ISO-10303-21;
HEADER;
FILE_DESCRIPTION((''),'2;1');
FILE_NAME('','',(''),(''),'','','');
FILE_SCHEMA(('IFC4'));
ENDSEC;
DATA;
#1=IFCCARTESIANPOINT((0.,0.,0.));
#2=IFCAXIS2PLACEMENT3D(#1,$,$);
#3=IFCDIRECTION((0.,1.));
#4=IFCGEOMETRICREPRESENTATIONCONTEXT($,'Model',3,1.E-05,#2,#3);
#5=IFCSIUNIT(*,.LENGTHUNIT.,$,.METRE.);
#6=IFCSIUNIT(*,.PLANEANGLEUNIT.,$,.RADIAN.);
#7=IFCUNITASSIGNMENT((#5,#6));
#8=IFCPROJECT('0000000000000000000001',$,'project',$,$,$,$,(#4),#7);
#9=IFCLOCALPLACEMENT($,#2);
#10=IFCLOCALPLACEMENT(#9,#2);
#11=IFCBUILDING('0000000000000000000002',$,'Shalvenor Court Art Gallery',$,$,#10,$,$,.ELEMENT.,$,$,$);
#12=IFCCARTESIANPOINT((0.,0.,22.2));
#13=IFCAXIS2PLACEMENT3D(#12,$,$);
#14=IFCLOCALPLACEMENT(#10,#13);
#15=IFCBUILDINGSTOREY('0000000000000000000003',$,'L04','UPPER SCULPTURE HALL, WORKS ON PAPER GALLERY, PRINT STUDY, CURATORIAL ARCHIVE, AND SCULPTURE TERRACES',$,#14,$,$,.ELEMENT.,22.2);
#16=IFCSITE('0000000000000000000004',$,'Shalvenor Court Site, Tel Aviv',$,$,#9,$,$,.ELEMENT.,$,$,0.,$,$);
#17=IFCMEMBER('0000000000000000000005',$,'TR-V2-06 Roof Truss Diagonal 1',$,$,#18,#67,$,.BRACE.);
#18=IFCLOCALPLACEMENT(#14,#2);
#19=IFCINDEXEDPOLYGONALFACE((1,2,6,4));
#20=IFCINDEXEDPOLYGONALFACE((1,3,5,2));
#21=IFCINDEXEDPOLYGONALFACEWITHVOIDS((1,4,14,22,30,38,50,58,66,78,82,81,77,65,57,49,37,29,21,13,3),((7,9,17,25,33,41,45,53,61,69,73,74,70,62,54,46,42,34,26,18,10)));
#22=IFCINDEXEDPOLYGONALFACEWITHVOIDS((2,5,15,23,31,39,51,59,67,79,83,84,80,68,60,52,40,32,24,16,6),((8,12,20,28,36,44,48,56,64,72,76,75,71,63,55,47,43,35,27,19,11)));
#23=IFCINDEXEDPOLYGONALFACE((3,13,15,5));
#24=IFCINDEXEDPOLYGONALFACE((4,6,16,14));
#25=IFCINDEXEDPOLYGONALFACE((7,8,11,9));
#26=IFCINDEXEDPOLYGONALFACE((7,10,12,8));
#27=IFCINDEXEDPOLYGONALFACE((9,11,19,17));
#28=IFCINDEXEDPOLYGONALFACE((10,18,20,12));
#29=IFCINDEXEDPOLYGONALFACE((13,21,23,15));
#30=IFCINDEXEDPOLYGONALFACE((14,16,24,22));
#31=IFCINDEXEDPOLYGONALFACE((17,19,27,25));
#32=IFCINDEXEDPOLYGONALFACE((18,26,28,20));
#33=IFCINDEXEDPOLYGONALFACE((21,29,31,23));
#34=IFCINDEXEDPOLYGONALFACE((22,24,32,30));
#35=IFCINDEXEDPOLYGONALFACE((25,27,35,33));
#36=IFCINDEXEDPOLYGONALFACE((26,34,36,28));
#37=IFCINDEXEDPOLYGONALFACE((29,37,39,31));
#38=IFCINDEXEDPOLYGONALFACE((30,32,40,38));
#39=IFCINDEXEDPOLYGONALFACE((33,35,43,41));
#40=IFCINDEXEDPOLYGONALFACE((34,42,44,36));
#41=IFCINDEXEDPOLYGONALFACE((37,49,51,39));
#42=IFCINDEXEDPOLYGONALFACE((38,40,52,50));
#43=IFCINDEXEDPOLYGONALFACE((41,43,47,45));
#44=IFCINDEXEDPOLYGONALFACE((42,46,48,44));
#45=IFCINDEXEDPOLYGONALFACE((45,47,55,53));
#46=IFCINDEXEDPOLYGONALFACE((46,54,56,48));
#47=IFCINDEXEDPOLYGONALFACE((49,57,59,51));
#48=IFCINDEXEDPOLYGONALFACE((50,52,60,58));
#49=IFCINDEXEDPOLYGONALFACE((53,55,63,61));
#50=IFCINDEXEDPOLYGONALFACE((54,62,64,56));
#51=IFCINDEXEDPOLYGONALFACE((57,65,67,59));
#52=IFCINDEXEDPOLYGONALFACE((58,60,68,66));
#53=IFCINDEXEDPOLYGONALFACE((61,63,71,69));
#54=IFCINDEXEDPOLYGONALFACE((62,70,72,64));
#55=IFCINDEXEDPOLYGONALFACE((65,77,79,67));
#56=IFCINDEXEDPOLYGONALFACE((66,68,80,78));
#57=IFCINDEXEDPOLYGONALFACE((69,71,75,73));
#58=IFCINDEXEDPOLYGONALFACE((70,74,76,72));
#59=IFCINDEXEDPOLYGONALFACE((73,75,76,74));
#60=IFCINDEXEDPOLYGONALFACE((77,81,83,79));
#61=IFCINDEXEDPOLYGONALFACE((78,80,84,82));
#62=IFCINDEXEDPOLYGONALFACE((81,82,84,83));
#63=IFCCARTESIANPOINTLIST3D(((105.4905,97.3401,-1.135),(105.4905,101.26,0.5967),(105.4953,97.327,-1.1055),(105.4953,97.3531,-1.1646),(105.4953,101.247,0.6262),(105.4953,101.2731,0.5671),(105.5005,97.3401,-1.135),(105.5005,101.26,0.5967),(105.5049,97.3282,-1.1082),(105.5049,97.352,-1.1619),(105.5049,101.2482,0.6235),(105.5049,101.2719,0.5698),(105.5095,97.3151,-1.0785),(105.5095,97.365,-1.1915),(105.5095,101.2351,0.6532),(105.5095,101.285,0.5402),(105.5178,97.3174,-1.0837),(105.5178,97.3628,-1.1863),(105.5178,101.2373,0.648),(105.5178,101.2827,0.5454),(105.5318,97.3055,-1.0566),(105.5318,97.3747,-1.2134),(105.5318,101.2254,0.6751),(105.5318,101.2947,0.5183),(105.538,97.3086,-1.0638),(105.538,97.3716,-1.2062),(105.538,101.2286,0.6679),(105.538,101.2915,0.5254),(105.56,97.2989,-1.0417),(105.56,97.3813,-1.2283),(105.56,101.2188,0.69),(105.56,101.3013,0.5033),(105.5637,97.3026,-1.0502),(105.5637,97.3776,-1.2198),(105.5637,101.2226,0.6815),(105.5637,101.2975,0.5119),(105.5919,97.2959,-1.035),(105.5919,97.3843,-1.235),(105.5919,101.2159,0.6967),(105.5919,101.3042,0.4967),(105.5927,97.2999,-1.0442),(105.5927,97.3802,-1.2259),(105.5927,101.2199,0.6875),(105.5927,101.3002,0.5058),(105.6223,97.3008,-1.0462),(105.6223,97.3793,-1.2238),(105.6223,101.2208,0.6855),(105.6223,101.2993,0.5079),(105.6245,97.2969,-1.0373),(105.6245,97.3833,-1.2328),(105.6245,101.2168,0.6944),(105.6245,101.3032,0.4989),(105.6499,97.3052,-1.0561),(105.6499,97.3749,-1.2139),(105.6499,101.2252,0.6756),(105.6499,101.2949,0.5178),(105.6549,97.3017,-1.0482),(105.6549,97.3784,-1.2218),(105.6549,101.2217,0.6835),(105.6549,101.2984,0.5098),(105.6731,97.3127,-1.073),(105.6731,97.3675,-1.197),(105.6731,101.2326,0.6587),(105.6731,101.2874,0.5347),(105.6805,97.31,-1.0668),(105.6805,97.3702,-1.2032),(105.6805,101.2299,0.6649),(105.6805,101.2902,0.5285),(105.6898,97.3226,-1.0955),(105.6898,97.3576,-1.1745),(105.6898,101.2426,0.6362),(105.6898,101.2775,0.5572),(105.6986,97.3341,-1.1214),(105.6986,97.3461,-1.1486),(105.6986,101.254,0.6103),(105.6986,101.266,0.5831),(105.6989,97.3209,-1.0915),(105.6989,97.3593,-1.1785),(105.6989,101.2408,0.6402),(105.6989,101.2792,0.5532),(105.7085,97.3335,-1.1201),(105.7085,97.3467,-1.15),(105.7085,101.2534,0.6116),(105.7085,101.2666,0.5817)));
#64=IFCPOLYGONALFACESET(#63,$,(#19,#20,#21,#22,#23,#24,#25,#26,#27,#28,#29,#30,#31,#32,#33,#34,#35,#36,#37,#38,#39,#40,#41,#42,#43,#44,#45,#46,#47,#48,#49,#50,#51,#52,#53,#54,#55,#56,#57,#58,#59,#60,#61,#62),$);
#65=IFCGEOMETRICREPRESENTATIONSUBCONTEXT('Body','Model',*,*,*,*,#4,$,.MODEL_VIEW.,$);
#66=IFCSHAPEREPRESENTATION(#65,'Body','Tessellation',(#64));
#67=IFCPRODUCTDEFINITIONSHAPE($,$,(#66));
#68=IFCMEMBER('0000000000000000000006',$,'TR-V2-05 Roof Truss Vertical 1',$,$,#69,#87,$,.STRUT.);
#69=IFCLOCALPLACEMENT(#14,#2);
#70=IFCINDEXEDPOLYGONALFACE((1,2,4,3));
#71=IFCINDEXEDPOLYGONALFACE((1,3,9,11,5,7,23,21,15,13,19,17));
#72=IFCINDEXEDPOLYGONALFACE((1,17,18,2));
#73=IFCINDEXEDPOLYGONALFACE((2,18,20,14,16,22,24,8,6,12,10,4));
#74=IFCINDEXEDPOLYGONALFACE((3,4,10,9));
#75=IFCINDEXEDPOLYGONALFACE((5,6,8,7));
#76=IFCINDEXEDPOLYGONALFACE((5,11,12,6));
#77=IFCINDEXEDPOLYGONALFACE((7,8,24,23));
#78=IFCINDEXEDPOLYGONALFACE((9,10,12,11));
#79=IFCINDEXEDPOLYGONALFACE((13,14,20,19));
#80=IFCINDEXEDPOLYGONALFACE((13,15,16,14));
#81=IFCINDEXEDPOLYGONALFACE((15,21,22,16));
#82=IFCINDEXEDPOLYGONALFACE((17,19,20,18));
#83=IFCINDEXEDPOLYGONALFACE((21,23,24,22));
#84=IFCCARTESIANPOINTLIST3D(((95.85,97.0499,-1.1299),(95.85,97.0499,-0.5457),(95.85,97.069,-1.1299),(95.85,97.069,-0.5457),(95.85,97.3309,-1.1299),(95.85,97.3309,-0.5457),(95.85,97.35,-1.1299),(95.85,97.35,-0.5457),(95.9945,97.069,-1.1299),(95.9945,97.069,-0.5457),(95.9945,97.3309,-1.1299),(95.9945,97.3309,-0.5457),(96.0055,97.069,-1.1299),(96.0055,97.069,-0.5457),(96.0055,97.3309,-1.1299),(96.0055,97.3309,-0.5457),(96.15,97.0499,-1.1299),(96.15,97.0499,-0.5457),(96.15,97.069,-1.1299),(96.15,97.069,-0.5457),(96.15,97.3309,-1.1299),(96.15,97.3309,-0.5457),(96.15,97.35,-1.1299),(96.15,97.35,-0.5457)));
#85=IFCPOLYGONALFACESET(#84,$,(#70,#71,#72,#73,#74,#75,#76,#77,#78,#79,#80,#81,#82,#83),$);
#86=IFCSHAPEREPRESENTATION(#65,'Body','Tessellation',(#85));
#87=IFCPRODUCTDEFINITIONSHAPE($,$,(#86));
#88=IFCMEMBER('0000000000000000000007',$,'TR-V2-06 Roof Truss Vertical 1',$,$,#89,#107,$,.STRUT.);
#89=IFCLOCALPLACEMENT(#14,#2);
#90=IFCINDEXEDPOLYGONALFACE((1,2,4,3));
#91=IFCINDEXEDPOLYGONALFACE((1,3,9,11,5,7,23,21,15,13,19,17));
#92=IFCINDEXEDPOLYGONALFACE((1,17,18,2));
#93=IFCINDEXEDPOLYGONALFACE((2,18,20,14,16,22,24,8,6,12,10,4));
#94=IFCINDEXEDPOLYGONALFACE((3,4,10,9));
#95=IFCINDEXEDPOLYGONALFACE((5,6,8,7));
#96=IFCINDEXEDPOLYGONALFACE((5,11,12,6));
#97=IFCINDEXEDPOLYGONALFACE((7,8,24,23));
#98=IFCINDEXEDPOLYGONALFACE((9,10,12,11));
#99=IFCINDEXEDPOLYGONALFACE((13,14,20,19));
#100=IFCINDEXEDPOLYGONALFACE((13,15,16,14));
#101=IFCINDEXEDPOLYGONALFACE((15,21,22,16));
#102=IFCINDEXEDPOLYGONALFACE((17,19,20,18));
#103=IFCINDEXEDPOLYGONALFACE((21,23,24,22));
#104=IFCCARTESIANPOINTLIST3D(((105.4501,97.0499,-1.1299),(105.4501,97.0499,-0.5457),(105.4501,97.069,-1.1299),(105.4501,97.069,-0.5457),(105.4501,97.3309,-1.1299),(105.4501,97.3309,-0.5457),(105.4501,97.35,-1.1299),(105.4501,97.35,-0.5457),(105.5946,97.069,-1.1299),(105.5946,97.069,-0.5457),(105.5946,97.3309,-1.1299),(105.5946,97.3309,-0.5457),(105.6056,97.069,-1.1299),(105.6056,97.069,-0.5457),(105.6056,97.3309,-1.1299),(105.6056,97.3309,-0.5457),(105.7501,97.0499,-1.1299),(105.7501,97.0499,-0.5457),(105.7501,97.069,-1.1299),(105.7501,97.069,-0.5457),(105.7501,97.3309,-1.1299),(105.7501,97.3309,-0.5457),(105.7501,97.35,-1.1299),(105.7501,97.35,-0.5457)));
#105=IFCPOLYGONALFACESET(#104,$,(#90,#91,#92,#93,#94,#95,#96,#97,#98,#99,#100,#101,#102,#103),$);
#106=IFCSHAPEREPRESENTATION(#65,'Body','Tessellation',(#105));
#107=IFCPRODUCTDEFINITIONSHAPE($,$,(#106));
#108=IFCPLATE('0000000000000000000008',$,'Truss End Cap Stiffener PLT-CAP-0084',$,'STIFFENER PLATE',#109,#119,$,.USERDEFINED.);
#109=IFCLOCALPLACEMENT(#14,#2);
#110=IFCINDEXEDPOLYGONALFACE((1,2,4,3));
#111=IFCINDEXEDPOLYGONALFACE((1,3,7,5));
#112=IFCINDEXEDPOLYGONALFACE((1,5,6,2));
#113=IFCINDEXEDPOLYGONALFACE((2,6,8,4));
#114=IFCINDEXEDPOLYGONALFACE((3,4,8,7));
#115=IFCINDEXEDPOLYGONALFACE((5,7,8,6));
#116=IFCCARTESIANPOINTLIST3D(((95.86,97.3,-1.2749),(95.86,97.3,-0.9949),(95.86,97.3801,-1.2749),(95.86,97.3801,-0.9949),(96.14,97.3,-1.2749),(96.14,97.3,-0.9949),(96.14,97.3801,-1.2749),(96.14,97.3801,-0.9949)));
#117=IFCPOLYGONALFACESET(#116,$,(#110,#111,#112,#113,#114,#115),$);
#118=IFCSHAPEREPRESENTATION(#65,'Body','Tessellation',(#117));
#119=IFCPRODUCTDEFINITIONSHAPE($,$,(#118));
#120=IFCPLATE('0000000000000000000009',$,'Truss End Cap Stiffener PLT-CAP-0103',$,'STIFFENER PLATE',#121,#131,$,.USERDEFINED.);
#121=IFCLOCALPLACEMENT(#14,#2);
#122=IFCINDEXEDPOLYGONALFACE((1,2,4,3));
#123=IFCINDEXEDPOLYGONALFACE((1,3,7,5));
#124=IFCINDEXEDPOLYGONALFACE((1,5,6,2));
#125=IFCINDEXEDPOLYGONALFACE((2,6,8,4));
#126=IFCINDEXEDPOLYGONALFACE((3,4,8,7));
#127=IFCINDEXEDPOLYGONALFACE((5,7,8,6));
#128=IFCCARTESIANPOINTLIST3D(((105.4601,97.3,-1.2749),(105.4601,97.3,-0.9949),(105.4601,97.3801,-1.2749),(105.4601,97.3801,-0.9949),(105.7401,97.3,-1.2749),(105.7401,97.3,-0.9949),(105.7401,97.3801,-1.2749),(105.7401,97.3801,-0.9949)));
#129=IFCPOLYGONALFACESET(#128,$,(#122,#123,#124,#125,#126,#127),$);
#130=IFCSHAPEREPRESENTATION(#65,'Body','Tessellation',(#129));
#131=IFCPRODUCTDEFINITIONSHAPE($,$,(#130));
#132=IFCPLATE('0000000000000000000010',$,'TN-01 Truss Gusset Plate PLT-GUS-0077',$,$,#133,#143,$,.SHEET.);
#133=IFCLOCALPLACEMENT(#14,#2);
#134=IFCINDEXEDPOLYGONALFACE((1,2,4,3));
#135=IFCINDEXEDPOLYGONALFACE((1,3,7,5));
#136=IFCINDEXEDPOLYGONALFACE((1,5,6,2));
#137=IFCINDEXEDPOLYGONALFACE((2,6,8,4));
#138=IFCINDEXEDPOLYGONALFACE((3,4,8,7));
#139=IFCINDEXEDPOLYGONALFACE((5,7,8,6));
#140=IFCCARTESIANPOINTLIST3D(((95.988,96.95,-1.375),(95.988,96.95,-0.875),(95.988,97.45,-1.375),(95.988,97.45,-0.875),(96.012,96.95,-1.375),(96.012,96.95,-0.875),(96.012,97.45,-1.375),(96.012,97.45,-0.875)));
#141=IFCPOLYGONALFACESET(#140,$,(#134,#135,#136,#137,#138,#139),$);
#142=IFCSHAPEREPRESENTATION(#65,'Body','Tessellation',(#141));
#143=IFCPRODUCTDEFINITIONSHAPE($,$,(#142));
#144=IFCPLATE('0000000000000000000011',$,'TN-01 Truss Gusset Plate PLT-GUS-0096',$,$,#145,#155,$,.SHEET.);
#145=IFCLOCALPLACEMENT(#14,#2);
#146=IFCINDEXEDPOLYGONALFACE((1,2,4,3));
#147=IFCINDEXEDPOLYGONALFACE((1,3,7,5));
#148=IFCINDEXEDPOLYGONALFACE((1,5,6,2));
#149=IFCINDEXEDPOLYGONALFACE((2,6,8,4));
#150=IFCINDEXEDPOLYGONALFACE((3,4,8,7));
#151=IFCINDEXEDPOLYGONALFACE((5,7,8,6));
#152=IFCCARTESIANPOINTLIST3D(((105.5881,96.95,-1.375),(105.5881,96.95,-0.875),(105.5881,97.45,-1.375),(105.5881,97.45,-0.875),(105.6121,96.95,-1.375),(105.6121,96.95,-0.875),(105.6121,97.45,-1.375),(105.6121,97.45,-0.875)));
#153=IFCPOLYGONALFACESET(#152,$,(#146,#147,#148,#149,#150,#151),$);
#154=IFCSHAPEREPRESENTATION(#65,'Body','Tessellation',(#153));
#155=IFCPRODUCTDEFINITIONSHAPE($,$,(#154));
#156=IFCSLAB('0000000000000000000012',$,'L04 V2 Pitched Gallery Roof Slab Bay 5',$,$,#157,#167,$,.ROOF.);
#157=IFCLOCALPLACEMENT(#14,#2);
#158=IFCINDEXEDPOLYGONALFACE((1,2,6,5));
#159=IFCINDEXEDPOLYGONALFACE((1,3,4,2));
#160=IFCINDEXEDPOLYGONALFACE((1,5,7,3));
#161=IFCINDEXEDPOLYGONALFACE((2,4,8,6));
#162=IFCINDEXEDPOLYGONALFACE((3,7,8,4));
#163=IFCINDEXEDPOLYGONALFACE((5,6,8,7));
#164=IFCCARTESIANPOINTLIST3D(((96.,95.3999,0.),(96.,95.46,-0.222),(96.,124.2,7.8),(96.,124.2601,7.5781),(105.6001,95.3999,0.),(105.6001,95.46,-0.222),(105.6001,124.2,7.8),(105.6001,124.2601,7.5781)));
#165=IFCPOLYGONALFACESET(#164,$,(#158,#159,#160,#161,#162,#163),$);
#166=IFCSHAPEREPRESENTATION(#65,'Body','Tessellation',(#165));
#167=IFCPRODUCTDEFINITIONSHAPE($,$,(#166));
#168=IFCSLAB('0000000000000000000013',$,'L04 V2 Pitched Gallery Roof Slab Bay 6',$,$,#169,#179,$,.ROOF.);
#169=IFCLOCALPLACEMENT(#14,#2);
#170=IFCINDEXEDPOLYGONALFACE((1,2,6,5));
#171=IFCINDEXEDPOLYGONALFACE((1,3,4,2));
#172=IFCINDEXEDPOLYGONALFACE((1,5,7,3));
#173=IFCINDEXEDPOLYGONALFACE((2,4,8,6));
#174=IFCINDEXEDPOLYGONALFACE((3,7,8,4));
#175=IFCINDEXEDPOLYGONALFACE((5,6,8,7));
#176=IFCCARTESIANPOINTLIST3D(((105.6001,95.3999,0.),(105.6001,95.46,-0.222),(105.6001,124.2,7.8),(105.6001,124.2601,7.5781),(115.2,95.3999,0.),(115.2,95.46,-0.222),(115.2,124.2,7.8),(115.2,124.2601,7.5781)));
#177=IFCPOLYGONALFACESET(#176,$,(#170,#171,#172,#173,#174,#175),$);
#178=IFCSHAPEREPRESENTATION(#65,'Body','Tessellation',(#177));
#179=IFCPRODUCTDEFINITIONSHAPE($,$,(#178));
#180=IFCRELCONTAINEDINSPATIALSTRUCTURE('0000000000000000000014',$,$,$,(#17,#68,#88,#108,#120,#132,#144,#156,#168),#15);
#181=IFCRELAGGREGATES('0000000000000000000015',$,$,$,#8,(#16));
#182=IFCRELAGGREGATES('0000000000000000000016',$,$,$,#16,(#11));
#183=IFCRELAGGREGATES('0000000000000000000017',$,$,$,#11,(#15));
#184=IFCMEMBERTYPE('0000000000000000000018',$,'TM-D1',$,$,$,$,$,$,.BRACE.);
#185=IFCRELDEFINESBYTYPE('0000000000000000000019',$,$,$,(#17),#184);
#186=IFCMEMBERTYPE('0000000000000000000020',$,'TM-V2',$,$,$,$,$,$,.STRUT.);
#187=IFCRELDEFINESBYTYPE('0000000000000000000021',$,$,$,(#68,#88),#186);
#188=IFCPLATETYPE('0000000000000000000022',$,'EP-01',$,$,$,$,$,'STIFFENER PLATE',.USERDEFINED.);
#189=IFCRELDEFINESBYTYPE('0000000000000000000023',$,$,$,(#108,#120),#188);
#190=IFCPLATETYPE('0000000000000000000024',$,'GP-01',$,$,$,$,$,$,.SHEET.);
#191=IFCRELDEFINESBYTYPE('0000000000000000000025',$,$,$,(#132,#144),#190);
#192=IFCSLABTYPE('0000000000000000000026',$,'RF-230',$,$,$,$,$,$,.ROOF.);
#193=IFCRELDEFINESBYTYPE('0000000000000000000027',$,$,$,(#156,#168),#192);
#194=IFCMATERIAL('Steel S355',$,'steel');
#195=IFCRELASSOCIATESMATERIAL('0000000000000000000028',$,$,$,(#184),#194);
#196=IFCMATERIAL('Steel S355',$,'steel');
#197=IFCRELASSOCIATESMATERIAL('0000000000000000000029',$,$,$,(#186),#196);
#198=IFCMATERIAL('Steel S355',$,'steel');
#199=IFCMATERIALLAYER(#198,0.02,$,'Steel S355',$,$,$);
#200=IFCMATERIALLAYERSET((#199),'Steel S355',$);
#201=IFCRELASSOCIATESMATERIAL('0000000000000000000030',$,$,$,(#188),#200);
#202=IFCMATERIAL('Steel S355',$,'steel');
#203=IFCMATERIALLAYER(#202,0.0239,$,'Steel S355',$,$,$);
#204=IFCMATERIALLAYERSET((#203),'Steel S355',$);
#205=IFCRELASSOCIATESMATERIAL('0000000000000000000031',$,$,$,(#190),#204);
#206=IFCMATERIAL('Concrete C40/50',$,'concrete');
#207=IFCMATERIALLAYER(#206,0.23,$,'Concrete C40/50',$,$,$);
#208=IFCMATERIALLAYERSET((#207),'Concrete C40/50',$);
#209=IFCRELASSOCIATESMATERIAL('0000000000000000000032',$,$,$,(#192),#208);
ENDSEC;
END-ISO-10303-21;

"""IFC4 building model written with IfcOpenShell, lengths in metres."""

from ifc_helpers import new_model, si_unit, direction, frame, origin, origin_2d, place, context, subcontext, project, spatial, polyline, rectangle, hollow_circle, i_section, outline, extrude, material, layer, layer_set, material_profile, profile_set, type_object, element, save


model = new_model("IFC4")

# Units and contexts
model_context = context("Model", 3, precision=1e-05, world=origin(), true_north=direction((0.0, 1.0)))
body_context = subcontext(model_context, "Body", "Model", "MODEL_VIEW")
ifc_project = project(units=[si_unit("LENGTHUNIT", "METRE"), si_unit("PLANEANGLEUNIT", "RADIAN")], contexts=[model_context])

# Site, building, storey
site_placement = place(None, origin())
site = spatial("IfcSite", under=ifc_project, at=site_placement, Name="Shalvenor Court Site, Tel Aviv", CompositionType="ELEMENT", RefElevation=0.0)
building_placement = place(site_placement, origin())
building = spatial("IfcBuilding", under=site, at=building_placement, Name="Shalvenor Court Art Gallery", CompositionType="ELEMENT")
storey_placement = place(building_placement, frame((0.0, 0.0, 22.2)))
storey = spatial("IfcBuildingStorey", under=building, at=storey_placement, Name="L04", Description="UPPER SCULPTURE HALL, WORKS ON PAPER GALLERY, PRINT STUDY, CURATORIAL ARCHIVE, AND SCULPTURE TERRACES", CompositionType="ELEMENT", Elevation=22.2)

# Members
ifc_material_1 = material(Name="Steel S355", Category="steel")
ifc_material_profile_1 = material_profile(ifc_material_1, hollow_circle(Radius=0.1096, WallThickness=0.01, at=origin_2d()), Name="CHS 219.1x10.0")
ifc_profile_set_1 = profile_set([ifc_material_profile_1], Name="Steel S355")
member_type_1 = type_object("IfcMemberType", Name="TM-D1", PredefinedType="BRACE", material=ifc_profile_set_1)
for number, where, z_axis, x_axis, name in (
    (1, (105.6001, 97.3401, -1.135), (0.0, 0.914718, 0.404092), (-1.0, 0.0, 0.0), "TR-V2-06 Roof Truss Diagonal 1"),
):
    element("IfcMember", number, at=place(storey_placement, frame(where, z_axis=z_axis, x_axis=x_axis)), inside=storey, type_object=member_type_1, Name=name, PredefinedType="BRACE", context=body_context, shape_type="SweptSolid", body=[
        extrude(hollow_circle(Radius=0.1096, WallThickness=0.01, at=origin_2d()), origin(), (0.0, 0.0, 1.0), 4.2854),
    ])
ifc_material_2 = material(Name="Steel S355", Category="steel")
ifc_material_profile_2 = material_profile(ifc_material_2, i_section(OverallWidth=0.3, OverallDepth=0.3, WebThickness=0.011, FlangeThickness=0.019, at=origin_2d()), Name="HEB 300")
ifc_profile_set_2 = profile_set([ifc_material_profile_2], Name="Steel S355")
member_type_2 = type_object("IfcMemberType", Name="TM-V2", PredefinedType="STRUT", material=ifc_profile_set_2)
for number, where, z_axis, x_axis, name in (
    (2, (96.0, 97.2, -1.1299), (0.0, 0.0, 1.0), (1.0, 0.0, 0.0), "TR-V2-05 Roof Truss Vertical 1"),
    (3, (105.6001, 97.2, -1.1299), (0.0, 0.0, 1.0), (1.0, 0.0, 0.0), "TR-V2-06 Roof Truss Vertical 1"),
):
    element("IfcMember", number, at=place(storey_placement, frame(where, z_axis=z_axis, x_axis=x_axis)), inside=storey, type_object=member_type_2, Name=name, PredefinedType="STRUT", context=body_context, shape_type="SweptSolid", body=[
        extrude(i_section(OverallWidth=0.3, OverallDepth=0.3, WebThickness=0.011, FlangeThickness=0.019, at=origin_2d()), origin(), (0.0, 0.0, 1.0), 0.5842),
    ])

# Plates
ifc_material_3 = material(Name="Steel S355", Category="steel")
ifc_layer_1 = layer(ifc_material_3, 0.02, Name="Steel S355")
ifc_layer_set_1 = layer_set([ifc_layer_1], Name="Steel S355")
plate_type_1 = type_object("IfcPlateType", Name="EP-01", ElementType="STIFFENER PLATE", PredefinedType="USERDEFINED", material=ifc_layer_set_1)
for number, where, z_axis, x_axis, name in (
    (4, (96.0, 97.3401, -1.2749), (0.0, 0.0, 1.0), (1.0, 0.0, 0.0), "Truss End Cap Stiffener PLT-CAP-0084"),
    (5, (105.6001, 97.3401, -1.2749), (0.0, 0.0, 1.0), (1.0, 0.0, 0.0), "Truss End Cap Stiffener PLT-CAP-0103"),
):
    element("IfcPlate", number, at=place(storey_placement, frame(where, z_axis=z_axis, x_axis=x_axis)), inside=storey, type_object=plate_type_1, Name=name, ObjectType="STIFFENER PLATE", PredefinedType="USERDEFINED", context=body_context, shape_type="SweptSolid", body=[
        extrude(rectangle(XDim=0.28, YDim=0.0801, at=origin_2d()), origin(), (0.0, 0.0, 1.0), 0.28),
    ])
ifc_material_4 = material(Name="Steel S355", Category="steel")
ifc_layer_2 = layer(ifc_material_4, 0.0239, Name="Steel S355")
ifc_layer_set_2 = layer_set([ifc_layer_2], Name="Steel S355")
plate_type_2 = type_object("IfcPlateType", Name="GP-01", PredefinedType="SHEET", material=ifc_layer_set_2)
for number, where, z_axis, x_axis, name in (
    (6, (96.0, 97.2, -1.375), (0.0, 0.0, 1.0), (0.0, 1.0, 0.0), "TN-01 Truss Gusset Plate PLT-GUS-0077"),
    (7, (105.6001, 97.2, -1.375), (0.0, 0.0, 1.0), (0.0, 1.0, 0.0), "TN-01 Truss Gusset Plate PLT-GUS-0096"),
):
    element("IfcPlate", number, at=place(storey_placement, frame(where, z_axis=z_axis, x_axis=x_axis)), inside=storey, type_object=plate_type_2, Name=name, PredefinedType="SHEET", context=body_context, shape_type="SweptSolid", body=[
        extrude(rectangle(XDim=0.5, YDim=0.0239, at=origin_2d()), origin(), (0.0, 0.0, 1.0), 0.5),
    ])

# Slabs
ifc_material_5 = material(Name="Concrete C40/50", Category="concrete")
ifc_layer_3 = layer(ifc_material_5, 0.23, Name="Concrete C40/50")
ifc_layer_set_3 = layer_set([ifc_layer_3], Name="Concrete C40/50")
slab_type = type_object("IfcSlabType", Name="RF-230", PredefinedType="ROOF", material=ifc_layer_set_3)
slab_1_placement = place(storey_placement, frame((96.0, 95.3999, 0.0), z_axis=(0.0, -0.261417, 0.965226), x_axis=(1.0, 0.0, 0.0)))
element("IfcSlab", 8, at=slab_1_placement, inside=storey, type_object=slab_type, Name="L04 V2 Pitched Gallery Roof Slab Bay 5", PredefinedType="ROOF", context=body_context, shape_type="SweptSolid", body=[
    extrude(outline(polyline([(0.0, 0.0), (9.6001, 0.0), (9.6001, 29.8376), (0.0, 29.8376), (0.0, 0.0)])), origin(), (0.0, 0.0, -1.0), 0.23),
])
slab_2_placement = place(storey_placement, frame((105.6001, 95.3999, 0.0), z_axis=(0.0, -0.261417, 0.965226), x_axis=(1.0, 0.0, 0.0)))
element("IfcSlab", 9, at=slab_2_placement, inside=storey, type_object=slab_type, Name="L04 V2 Pitched Gallery Roof Slab Bay 6", PredefinedType="ROOF", context=body_context, shape_type="SweptSolid", body=[
    extrude(outline(polyline([(0.0, 0.0), (9.5999, 0.0), (9.5999, 29.8376), (0.0, 29.8376), (0.0, 0.0)])), origin(), (0.0, 0.0, -1.0), 0.23),
])

save(model, "model.ifc")
